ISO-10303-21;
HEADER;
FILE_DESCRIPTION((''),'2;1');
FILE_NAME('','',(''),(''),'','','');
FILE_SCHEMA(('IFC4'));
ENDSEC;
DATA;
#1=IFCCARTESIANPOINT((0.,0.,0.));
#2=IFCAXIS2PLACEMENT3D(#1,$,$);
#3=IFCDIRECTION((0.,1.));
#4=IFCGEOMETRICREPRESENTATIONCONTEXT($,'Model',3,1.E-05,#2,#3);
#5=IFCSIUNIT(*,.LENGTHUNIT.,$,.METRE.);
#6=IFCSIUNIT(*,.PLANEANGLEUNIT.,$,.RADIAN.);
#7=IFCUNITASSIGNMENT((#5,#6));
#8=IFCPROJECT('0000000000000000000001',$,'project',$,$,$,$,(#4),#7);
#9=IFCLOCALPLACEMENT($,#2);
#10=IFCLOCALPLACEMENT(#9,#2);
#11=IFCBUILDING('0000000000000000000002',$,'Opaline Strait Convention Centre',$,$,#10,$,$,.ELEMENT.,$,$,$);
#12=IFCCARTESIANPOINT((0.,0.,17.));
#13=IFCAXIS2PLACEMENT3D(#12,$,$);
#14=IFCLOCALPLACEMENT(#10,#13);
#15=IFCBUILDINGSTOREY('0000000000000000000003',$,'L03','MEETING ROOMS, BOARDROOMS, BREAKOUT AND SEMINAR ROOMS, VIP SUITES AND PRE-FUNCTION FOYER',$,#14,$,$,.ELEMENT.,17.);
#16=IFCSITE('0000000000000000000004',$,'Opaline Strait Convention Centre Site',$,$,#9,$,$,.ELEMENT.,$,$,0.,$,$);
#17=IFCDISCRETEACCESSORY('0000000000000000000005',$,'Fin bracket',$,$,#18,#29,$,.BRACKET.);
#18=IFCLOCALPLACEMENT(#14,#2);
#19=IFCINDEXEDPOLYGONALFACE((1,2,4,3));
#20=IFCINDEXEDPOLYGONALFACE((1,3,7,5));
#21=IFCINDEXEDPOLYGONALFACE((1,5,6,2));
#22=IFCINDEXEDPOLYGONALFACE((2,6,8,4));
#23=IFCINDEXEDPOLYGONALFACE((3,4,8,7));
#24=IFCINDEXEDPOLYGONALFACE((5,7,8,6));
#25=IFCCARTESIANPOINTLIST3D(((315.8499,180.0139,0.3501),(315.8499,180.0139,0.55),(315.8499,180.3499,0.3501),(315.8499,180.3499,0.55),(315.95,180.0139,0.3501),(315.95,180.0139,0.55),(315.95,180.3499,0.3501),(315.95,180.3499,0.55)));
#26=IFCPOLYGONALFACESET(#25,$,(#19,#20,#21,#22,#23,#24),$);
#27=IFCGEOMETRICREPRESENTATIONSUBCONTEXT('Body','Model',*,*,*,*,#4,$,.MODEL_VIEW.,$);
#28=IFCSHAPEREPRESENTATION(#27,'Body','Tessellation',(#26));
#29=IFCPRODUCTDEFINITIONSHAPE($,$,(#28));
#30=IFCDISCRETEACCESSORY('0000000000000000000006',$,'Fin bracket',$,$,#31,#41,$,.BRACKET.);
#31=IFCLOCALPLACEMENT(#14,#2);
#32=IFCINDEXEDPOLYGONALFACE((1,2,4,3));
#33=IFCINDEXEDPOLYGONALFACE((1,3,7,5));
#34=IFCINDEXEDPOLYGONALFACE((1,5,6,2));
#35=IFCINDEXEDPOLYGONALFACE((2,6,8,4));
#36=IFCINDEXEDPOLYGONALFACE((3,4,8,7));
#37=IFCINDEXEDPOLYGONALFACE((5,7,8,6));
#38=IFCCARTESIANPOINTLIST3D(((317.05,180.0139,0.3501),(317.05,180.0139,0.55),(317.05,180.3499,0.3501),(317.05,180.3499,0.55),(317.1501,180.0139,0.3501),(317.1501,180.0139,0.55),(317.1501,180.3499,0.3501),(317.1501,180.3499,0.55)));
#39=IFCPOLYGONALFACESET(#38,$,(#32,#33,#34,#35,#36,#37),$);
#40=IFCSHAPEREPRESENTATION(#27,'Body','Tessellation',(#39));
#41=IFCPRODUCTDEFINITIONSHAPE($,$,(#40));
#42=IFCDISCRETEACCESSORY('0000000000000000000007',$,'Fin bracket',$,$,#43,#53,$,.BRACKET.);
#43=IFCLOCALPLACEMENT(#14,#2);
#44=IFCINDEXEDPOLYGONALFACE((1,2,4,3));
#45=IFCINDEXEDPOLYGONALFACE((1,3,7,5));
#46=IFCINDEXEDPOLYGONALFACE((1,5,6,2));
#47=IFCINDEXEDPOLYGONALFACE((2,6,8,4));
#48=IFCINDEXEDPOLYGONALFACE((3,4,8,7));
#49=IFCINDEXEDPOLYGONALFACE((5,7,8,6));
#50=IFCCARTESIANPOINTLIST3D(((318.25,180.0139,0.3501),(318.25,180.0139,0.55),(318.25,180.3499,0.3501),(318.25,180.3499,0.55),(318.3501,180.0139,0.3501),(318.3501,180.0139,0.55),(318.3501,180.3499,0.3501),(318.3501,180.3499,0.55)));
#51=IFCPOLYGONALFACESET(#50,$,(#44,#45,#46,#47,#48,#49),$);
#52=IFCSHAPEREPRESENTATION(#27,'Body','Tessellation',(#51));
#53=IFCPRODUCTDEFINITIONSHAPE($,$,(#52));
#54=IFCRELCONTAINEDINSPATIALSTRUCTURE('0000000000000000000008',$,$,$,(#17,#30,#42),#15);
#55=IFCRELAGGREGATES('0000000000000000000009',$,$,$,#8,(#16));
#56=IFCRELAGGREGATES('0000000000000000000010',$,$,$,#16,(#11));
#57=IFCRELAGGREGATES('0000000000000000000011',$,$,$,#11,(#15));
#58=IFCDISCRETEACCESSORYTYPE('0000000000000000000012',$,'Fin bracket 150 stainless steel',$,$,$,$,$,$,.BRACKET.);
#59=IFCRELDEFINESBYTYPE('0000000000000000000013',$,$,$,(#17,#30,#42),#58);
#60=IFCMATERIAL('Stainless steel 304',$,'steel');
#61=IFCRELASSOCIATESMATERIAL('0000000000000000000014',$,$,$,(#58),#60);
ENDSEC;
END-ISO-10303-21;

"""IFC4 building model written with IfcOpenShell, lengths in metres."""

from ifc_helpers import new_model, si_unit, direction, frame, origin, origin_2d, place, context, subcontext, project, spatial, rectangle, extrude, material, type_object, element, save


model = new_model("IFC4")

# Units and contexts
model_context = context("Model", 3, precision=1e-05, world=origin(), true_north=direction((0.0, 1.0)))
body_context = subcontext(model_context, "Body", "Model", "MODEL_VIEW")
ifc_project = project(units=[si_unit("LENGTHUNIT", "METRE"), si_unit("PLANEANGLEUNIT", "RADIAN")], contexts=[model_context])

# Site, building, storey
site_placement = place(None, origin())
site = spatial("IfcSite", under=ifc_project, at=site_placement, Name="Opaline Strait Convention Centre Site", CompositionType="ELEMENT", RefElevation=0.0)
building_placement = place(site_placement, origin())
building = spatial("IfcBuilding", under=site, at=building_placement, Name="Opaline Strait Convention Centre", CompositionType="ELEMENT")
storey_placement = place(building_placement, frame((0.0, 0.0, 17.0)))
storey = spatial("IfcBuildingStorey", under=building, at=storey_placement, Name="L03", Description="MEETING ROOMS, BOARDROOMS, BREAKOUT AND SEMINAR ROOMS, VIP SUITES AND PRE-FUNCTION FOYER", CompositionType="ELEMENT", Elevation=17.0)

# Discrete accessories
ifc_material_1 = material(Name="Stainless steel 304", Category="steel")
discrete_accessory_type = type_object("IfcDiscreteAccessoryType", Name="Fin bracket 150 stainless steel", PredefinedType="BRACKET", material=ifc_material_1)
for number, where, z_axis, x_axis, name in (
    (1, (315.8999, 180.1819, 0.3501), (0.0, 0.0, 1.0), (1.0, 0.0, 0.0), "Fin bracket"),
    (2, (317.1001, 180.1819, 0.3501), (0.0, 0.0, 1.0), (1.0, 0.0, 0.0), "Fin bracket"),
    (3, (318.3, 180.1819, 0.3501), (0.0, 0.0, 1.0), (1.0, 0.0, 0.0), "Fin bracket"),
):
    element("IfcDiscreteAccessory", number, at=place(storey_placement, frame(where, z_axis=z_axis, x_axis=x_axis)), inside=storey, type_object=discrete_accessory_type, Name=name, PredefinedType="BRACKET", context=body_context, shape_type="SweptSolid", body=[
        extrude(rectangle(XDim=0.1001, YDim=0.3359, at=origin_2d()), origin(), (0.0, 0.0, 1.0), 0.2),
    ])

save(model, "model.ifc")
